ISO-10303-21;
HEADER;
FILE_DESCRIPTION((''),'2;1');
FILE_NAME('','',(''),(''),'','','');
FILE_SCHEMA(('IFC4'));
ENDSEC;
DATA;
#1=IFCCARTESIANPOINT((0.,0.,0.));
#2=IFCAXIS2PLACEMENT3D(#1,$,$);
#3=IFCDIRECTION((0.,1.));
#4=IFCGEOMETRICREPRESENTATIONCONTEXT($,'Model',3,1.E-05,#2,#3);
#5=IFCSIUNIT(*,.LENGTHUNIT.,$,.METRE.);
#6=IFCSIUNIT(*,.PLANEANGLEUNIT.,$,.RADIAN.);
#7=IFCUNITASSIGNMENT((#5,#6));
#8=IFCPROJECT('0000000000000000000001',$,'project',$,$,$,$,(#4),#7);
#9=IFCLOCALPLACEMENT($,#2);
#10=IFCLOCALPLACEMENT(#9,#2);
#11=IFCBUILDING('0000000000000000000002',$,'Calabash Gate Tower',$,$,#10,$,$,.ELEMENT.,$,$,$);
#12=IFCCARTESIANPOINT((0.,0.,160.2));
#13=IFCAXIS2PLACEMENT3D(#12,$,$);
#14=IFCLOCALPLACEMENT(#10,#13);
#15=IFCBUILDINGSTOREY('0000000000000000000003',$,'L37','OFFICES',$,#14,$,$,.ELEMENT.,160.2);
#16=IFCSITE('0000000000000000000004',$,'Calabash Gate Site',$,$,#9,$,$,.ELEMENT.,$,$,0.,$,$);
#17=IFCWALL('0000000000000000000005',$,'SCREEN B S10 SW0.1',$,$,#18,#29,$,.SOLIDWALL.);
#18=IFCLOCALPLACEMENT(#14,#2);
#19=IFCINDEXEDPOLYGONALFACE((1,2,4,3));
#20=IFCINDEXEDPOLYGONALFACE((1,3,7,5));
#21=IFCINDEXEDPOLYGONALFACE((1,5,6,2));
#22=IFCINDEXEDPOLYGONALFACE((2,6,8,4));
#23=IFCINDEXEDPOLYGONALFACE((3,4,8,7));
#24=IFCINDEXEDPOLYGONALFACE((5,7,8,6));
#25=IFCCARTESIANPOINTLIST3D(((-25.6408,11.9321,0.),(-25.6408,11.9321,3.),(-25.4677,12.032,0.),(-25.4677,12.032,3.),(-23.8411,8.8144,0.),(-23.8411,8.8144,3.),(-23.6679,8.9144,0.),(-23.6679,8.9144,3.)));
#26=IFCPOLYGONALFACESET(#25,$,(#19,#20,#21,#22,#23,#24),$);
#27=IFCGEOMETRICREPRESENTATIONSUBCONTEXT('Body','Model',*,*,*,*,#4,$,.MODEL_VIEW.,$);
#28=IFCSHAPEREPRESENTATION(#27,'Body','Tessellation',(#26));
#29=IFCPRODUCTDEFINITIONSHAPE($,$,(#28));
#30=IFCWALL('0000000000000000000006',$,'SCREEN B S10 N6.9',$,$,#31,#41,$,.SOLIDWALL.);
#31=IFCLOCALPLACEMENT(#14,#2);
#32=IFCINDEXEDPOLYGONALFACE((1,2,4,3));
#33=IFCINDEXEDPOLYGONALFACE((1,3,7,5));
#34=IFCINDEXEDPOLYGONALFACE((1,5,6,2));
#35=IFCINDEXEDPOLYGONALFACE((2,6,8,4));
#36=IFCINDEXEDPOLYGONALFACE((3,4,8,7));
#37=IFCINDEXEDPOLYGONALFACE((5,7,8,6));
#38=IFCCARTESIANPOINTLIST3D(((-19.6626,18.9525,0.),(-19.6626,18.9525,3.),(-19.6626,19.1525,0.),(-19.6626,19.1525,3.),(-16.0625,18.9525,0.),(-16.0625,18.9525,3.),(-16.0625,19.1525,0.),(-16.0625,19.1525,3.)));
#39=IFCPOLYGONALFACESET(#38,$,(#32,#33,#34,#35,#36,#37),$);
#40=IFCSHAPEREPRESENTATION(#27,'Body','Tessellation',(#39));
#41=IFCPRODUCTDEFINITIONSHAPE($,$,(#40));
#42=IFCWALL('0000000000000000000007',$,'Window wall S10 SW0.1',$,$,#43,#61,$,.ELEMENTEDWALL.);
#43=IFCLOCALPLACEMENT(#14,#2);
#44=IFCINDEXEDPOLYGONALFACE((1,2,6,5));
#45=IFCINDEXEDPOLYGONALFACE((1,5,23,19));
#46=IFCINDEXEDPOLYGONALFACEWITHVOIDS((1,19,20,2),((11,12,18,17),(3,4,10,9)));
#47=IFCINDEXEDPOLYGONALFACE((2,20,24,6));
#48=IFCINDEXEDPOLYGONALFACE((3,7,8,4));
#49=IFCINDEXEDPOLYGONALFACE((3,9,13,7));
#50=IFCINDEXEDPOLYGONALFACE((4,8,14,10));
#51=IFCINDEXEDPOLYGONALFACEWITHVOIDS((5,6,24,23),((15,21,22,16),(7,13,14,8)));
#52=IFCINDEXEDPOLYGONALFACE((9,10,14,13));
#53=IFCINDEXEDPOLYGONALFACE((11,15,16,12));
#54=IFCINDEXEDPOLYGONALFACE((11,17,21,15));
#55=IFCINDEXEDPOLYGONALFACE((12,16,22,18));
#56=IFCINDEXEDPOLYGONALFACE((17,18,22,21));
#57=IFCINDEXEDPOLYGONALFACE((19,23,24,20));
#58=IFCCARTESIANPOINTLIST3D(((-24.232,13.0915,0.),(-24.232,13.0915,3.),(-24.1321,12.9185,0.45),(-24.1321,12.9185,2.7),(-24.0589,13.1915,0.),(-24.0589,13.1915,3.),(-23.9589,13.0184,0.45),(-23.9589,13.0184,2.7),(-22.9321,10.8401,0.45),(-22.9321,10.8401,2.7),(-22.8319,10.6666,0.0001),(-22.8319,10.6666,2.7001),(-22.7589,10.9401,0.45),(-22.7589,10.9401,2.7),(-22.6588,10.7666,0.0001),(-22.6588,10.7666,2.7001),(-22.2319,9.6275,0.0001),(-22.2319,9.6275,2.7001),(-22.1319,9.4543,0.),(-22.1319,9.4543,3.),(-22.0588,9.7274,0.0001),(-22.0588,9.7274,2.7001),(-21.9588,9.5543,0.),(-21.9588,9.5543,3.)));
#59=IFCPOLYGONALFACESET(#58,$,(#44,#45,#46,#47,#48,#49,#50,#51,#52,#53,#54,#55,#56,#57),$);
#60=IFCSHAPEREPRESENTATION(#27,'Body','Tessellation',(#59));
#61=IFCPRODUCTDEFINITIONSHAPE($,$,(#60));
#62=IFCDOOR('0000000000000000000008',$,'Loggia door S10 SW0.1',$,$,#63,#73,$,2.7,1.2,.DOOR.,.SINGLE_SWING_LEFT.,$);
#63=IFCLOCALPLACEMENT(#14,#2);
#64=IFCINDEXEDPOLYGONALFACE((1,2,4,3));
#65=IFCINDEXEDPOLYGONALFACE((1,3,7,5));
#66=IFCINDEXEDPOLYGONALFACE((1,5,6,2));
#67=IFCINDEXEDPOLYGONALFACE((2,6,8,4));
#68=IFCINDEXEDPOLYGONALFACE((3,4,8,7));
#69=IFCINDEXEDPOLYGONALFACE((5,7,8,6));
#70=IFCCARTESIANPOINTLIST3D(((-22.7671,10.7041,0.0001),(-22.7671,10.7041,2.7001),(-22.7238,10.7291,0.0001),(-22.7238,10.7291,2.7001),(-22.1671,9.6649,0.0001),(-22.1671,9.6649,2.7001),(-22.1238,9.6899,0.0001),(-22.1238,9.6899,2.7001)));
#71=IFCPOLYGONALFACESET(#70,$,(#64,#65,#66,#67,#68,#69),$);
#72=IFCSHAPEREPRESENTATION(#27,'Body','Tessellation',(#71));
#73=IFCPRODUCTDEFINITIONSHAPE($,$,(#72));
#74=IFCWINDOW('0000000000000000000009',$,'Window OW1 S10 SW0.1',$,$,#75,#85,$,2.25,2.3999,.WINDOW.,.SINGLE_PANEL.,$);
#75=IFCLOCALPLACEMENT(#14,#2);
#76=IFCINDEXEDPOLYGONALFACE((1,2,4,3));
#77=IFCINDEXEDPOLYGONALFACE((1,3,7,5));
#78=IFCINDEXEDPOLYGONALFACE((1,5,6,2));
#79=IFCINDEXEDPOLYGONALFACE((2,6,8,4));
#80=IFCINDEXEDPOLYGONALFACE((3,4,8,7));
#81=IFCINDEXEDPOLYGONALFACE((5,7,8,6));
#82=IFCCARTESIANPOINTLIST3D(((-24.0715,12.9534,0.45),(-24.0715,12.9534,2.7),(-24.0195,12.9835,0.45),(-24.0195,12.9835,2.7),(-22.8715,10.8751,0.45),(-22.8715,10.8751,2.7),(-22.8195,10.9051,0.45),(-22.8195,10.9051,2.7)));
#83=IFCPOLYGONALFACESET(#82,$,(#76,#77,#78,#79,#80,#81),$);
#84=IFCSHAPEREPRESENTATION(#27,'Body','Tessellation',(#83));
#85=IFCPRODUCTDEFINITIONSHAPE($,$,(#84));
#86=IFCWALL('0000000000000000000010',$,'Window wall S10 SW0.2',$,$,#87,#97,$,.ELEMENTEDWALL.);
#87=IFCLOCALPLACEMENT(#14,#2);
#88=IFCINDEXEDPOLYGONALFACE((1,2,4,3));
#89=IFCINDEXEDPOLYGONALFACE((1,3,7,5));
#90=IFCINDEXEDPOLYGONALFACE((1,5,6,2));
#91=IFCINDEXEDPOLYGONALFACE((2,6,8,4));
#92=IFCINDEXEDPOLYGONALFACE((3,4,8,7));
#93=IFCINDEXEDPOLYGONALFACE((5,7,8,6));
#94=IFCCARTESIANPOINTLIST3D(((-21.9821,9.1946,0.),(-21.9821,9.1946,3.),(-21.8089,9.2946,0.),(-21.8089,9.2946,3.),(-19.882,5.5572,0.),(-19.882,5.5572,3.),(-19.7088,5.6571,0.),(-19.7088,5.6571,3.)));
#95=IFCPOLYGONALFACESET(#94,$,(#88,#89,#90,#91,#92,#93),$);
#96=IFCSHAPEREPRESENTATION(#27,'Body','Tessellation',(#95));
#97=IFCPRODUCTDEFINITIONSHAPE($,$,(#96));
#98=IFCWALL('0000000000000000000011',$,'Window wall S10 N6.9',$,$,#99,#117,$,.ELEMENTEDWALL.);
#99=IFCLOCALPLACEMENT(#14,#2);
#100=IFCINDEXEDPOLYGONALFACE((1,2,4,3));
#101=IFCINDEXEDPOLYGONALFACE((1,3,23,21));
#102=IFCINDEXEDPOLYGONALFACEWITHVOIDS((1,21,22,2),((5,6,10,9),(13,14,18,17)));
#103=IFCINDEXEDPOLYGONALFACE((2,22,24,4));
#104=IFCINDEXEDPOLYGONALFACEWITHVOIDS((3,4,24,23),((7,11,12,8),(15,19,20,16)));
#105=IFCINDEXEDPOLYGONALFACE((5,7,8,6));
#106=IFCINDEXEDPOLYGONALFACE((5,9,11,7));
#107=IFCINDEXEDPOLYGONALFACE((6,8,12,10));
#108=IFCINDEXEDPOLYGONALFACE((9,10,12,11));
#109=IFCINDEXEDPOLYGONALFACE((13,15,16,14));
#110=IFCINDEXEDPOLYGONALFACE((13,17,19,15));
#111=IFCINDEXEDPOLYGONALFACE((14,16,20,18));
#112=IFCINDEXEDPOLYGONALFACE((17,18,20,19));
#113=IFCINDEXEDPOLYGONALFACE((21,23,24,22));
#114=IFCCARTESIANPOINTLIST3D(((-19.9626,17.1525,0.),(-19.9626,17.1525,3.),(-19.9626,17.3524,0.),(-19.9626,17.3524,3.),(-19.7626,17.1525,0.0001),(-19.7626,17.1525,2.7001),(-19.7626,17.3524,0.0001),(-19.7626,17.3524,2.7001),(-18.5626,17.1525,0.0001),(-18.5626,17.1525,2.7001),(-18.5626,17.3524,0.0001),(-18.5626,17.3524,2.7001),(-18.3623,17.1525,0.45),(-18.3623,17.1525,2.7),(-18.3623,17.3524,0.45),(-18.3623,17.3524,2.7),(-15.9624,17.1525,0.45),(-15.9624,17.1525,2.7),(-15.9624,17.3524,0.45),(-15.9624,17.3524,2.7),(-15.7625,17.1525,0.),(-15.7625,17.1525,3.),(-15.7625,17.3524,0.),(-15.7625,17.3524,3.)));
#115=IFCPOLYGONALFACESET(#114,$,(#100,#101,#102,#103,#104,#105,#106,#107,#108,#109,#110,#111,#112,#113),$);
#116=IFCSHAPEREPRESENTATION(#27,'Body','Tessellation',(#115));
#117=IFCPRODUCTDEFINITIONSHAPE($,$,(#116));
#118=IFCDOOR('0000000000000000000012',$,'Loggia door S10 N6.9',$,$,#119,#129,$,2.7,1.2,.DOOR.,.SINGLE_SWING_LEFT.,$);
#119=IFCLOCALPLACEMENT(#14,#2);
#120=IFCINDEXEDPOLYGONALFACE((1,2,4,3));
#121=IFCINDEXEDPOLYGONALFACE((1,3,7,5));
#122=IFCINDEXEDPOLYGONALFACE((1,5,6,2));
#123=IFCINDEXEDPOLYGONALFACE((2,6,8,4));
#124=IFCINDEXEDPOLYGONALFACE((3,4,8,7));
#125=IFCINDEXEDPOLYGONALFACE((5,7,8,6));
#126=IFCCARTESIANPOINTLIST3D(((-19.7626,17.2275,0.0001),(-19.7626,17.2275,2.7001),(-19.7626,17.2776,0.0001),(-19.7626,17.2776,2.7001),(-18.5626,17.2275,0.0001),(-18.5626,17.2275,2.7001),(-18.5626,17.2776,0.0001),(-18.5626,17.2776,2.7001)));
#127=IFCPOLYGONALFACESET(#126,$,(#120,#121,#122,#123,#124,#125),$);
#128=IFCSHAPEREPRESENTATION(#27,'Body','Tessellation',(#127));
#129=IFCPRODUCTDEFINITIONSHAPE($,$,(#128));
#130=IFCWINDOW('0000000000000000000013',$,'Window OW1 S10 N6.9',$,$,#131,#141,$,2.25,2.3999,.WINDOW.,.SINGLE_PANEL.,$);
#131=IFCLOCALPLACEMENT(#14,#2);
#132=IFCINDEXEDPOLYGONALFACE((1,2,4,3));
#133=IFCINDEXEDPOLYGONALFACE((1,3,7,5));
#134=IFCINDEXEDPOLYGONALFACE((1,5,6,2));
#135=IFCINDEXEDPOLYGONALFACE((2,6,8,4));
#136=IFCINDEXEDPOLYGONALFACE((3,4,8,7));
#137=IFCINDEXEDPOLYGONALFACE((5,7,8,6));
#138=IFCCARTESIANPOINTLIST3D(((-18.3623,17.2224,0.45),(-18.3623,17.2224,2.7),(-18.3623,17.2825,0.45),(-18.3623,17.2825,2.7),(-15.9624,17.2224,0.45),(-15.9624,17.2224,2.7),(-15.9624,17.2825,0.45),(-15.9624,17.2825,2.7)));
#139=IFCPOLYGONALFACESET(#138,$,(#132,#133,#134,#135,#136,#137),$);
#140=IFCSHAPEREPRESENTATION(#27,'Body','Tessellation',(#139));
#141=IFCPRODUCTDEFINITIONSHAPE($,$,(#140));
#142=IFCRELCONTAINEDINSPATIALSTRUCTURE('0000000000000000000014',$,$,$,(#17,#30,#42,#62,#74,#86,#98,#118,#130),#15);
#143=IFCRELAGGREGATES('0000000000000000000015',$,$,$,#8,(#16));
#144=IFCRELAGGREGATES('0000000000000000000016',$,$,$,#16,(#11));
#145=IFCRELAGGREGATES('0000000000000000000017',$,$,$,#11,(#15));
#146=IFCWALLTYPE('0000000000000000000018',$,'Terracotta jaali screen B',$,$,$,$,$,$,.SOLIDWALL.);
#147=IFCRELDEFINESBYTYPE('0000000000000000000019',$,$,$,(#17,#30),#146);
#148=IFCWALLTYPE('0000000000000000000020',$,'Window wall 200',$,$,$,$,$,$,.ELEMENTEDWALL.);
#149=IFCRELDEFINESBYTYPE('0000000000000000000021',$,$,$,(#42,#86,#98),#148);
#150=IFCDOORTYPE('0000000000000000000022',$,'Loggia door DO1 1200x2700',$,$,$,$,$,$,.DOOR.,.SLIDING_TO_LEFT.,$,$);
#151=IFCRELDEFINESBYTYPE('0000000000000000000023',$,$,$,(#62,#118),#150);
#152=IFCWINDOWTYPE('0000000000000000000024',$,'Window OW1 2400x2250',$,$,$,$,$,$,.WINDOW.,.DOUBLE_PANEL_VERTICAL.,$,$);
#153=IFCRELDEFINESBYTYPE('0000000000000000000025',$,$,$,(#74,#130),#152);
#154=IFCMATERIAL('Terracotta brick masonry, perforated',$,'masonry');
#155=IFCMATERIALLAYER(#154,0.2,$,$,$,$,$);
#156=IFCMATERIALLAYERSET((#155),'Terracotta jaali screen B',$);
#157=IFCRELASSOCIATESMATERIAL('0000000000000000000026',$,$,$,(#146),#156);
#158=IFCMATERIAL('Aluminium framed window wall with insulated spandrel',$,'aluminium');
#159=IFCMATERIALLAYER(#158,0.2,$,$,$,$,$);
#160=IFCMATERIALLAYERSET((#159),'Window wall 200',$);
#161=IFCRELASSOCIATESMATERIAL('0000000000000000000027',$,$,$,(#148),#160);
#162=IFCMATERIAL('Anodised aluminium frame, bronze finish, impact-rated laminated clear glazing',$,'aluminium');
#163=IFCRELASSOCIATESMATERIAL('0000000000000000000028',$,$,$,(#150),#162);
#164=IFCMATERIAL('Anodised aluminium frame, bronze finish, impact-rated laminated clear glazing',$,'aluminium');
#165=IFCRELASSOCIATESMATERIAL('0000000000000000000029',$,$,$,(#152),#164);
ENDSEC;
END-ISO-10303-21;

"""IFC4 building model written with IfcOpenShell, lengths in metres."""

from ifc_helpers import new_model, si_unit, direction, frame, frame_2d, origin, place, context, subcontext, project, spatial, rectangle, extrude, material, layer, layer_set, type_object, element, fill, save


model = new_model("IFC4")

# Units and contexts
model_context = context("Model", 3, precision=1e-05, world=origin(), true_north=direction((0.0, 1.0)))
body_context = subcontext(model_context, "Body", "Model", "MODEL_VIEW")
ifc_project = project(units=[si_unit("LENGTHUNIT", "METRE"), si_unit("PLANEANGLEUNIT", "RADIAN")], contexts=[model_context])

# Site, building, storey
site_placement = place(None, origin())
site = spatial("IfcSite", under=ifc_project, at=site_placement, Name="Calabash Gate Site", CompositionType="ELEMENT", RefElevation=0.0)
building_placement = place(site_placement, origin())
building = spatial("IfcBuilding", under=site, at=building_placement, Name="Calabash Gate Tower", CompositionType="ELEMENT")
storey_placement = place(building_placement, frame((0.0, 0.0, 160.2)))
storey = spatial("IfcBuildingStorey", under=building, at=storey_placement, Name="L37", Description="OFFICES", CompositionType="ELEMENT", Elevation=160.2)

# Walls
ifc_material_1 = material(Name="Terracotta brick masonry, perforated", Category="masonry")
ifc_layer_1 = layer(ifc_material_1, 0.2)
ifc_layer_set_1 = layer_set([ifc_layer_1], Name="Terracotta jaali screen B")
wall_type_1 = type_object("IfcWallType", Name="Terracotta jaali screen B", PredefinedType="SOLIDWALL", material=ifc_layer_set_1)
wall_1_placement = place(storey_placement, frame((-25.5542, 11.9819, 0.0), z_axis=(0.0, 0.0, 1.0), x_axis=(0.499961, -0.866048, 0.0)))
element("IfcWall", 1, at=wall_1_placement, inside=storey, type_object=wall_type_1, Name="SCREEN B S10 SW0.1", PredefinedType="SOLIDWALL", context=body_context, shape_type="SweptSolid", body=[
    extrude(rectangle(XDim=3.5999, YDim=0.2, at=frame_2d((1.7998, 0.0))), origin(), (0.0, 0.0, 1.0), 3.0),
])
wall_2_placement = place(storey_placement, frame((-16.0625, 19.0525, 0.0), z_axis=(0.0, 0.0, 1.0), x_axis=(-1.0, 0.0, 0.0)))
element("IfcWall", 2, at=wall_2_placement, inside=storey, type_object=wall_type_1, Name="SCREEN B S10 N6.9", PredefinedType="SOLIDWALL", context=body_context, shape_type="SweptSolid", body=[
    extrude(rectangle(XDim=3.6001, YDim=0.2, at=frame_2d((1.8, 0.0))), origin(), (0.0, 0.0, 1.0), 3.0),
])

# Wall, openings, door, window
ifc_material_2 = material(Name="Aluminium framed window wall with insulated spandrel", Category="aluminium")
ifc_layer_2 = layer(ifc_material_2, 0.2)
ifc_layer_set_2 = layer_set([ifc_layer_2], Name="Window wall 200")
wall_type_2 = type_object("IfcWallType", Name="Window wall 200", PredefinedType="ELEMENTEDWALL", material=ifc_layer_set_2)
wall_3_placement = place(storey_placement, frame((-24.1455, 13.1416, 0.0), z_axis=(0.0, 0.0, 1.0), x_axis=(0.500028, -0.866009, 0.0)))
wall_3 = element("IfcWall", 3, at=wall_3_placement, inside=storey, type_object=wall_type_2, Name="Window wall S10 SW0.1", PredefinedType="ELEMENTEDWALL", context=body_context, shape_type="SweptSolid", body=[
    extrude(rectangle(XDim=4.2, YDim=0.2, at=frame_2d((2.1001, 0.0))), origin(), (0.0, 0.0, 1.0), 3.0),
])
opening_1_placement = place(wall_3_placement, frame((0.2, 0.0, 0.45)))
opening_1 = element("IfcOpeningElement", 4, at=opening_1_placement, cuts=wall_3, PredefinedType="OPENING", context=body_context, shape_type="SweptSolid", body=[
    extrude(rectangle(XDim=2.3999, YDim=2.25, at=frame_2d((1.2, 1.125))), frame((0.0, 0.1099, 0.0), z_axis=(0.0, -1.0, 0.0), x_axis=(1.0, 0.0, 0.0)), (0.0, 0.0, 1.0), 0.22),
])
opening_2_placement = place(wall_3_placement, frame((2.8, 0.0, 0.0)))
opening_2 = element("IfcOpeningElement", 5, at=opening_2_placement, cuts=wall_3, PredefinedType="OPENING", context=body_context, shape_type="SweptSolid", body=[
    extrude(rectangle(XDim=1.2, YDim=2.7, at=frame_2d((0.6001, 1.3501))), frame((0.0, 0.1099, 0.0), z_axis=(0.0, -1.0, 0.0), x_axis=(1.0, 0.0, 0.0)), (0.0, 0.0, 1.0), 0.22),
])
ifc_material_3 = material(Name="Anodised aluminium frame, bronze finish, impact-rated laminated clear glazing", Category="aluminium")
door_type = type_object("IfcDoorType", Name="Loggia door DO1 1200x2700", OperationType="SLIDING_TO_LEFT", PredefinedType="DOOR", material=ifc_material_3)
door_1_placement = place(opening_2_placement, origin())
door_1 = element("IfcDoor", 6, at=door_1_placement, inside=storey, type_object=door_type, Name="Loggia door S10 SW0.1", OperationType="SINGLE_SWING_LEFT", OverallHeight=2.7, OverallWidth=1.2, PredefinedType="DOOR", context=body_context, shape_type="SweptSolid", body=[
    extrude(rectangle(XDim=1.2, YDim=2.7, at=frame_2d((0.6001, 1.3501))), frame((0.0, 0.0249, 0.0), z_axis=(0.0, -1.0, 0.0), x_axis=(1.0, 0.0, 0.0)), (0.0, 0.0, 1.0), 0.05),
])
fill(opening_2, door_1)
ifc_material_4 = material(Name="Anodised aluminium frame, bronze finish, impact-rated laminated clear glazing", Category="aluminium")
window_type = type_object("IfcWindowType", Name="Window OW1 2400x2250", PartitioningType="DOUBLE_PANEL_VERTICAL", PredefinedType="WINDOW", material=ifc_material_4)
window_1_placement = place(opening_1_placement, origin())
window_1 = element("IfcWindow", 7, at=window_1_placement, inside=storey, type_object=window_type, Name="Window OW1 S10 SW0.1", OverallHeight=2.25, OverallWidth=2.3999, PartitioningType="SINGLE_PANEL", PredefinedType="WINDOW", context=body_context, shape_type="SweptSolid", body=[
    extrude(rectangle(XDim=2.3999, YDim=2.25, at=frame_2d((1.2, 1.125))), frame((0.0, 0.03, 0.0), z_axis=(0.0, -1.0, 0.0), x_axis=(1.0, 0.0, 0.0)), (0.0, 0.0, 1.0), 0.0601),
])
fill(opening_1, window_1)

# Wall
wall_4_placement = place(storey_placement, frame((-21.8955, 9.2446, 0.0), z_axis=(0.0, 0.0, 1.0), x_axis=(0.500003, -0.866024, 0.0)))
element("IfcWall", 8, at=wall_4_placement, inside=storey, type_object=wall_type_2, Name="Window wall S10 SW0.2", PredefinedType="ELEMENTEDWALL", context=body_context, shape_type="SweptSolid", body=[
    extrude(rectangle(XDim=4.2002, YDim=0.2, at=frame_2d((2.1001, 0.0))), origin(), (0.0, 0.0, 1.0), 3.0),
])

# Wall, openings, door, window
wall_5_placement = place(storey_placement, frame((-15.7625, 17.2524, 0.0), z_axis=(0.0, 0.0, 1.0), x_axis=(-1.0, 0.0, 0.0)))
wall_5 = element("IfcWall", 9, at=wall_5_placement, inside=storey, type_object=wall_type_2, Name="Window wall S10 N6.9", PredefinedType="ELEMENTEDWALL", context=body_context, shape_type="SweptSolid", body=[
    extrude(rectangle(XDim=4.2002, YDim=0.2, at=frame_2d((2.1001, 0.0))), origin(), (0.0, 0.0, 1.0), 3.0),
])
opening_3_placement = place(wall_5_placement, frame((0.2, 0.0, 0.45)))
opening_3 = element("IfcOpeningElement", 10, at=opening_3_placement, cuts=wall_5, PredefinedType="OPENING", context=body_context, shape_type="SweptSolid", body=[
    extrude(rectangle(XDim=2.3999, YDim=2.25, at=frame_2d((1.2, 1.125))), frame((0.0, 0.1099, 0.0), z_axis=(0.0, -1.0, 0.0), x_axis=(1.0, 0.0, 0.0)), (0.0, 0.0, 1.0), 0.22),
])
opening_4_placement = place(wall_5_placement, frame((2.8, 0.0, 0.0)))
opening_4 = element("IfcOpeningElement", 11, at=opening_4_placement, cuts=wall_5, PredefinedType="OPENING", context=body_context, shape_type="SweptSolid", body=[
    extrude(rectangle(XDim=1.2, YDim=2.7, at=frame_2d((0.6001, 1.3501))), frame((0.0, 0.1099, 0.0), z_axis=(0.0, -1.0, 0.0), x_axis=(1.0, 0.0, 0.0)), (0.0, 0.0, 1.0), 0.22),
])
door_2_placement = place(opening_4_placement, origin())
door_2 = element("IfcDoor", 12, at=door_2_placement, inside=storey, type_object=door_type, Name="Loggia door S10 N6.9", OperationType="SINGLE_SWING_LEFT", OverallHeight=2.7, OverallWidth=1.2, PredefinedType="DOOR", context=body_context, shape_type="SweptSolid", body=[
    extrude(rectangle(XDim=1.2, YDim=2.7, at=frame_2d((0.6001, 1.3501))), frame((0.0, 0.0249, 0.0), z_axis=(0.0, -1.0, 0.0), x_axis=(1.0, 0.0, 0.0)), (0.0, 0.0, 1.0), 0.05),
])
fill(opening_4, door_2)
window_2_placement = place(opening_3_placement, origin())
window_2 = element("IfcWindow", 13, at=window_2_placement, inside=storey, type_object=window_type, Name="Window OW1 S10 N6.9", OverallHeight=2.25, OverallWidth=2.3999, PartitioningType="SINGLE_PANEL", PredefinedType="WINDOW", context=body_context, shape_type="SweptSolid", body=[
    extrude(rectangle(XDim=2.3999, YDim=2.25, at=frame_2d((1.2, 1.125))), frame((0.0, 0.03, 0.0), z_axis=(0.0, -1.0, 0.0), x_axis=(1.0, 0.0, 0.0)), (0.0, 0.0, 1.0), 0.0601),
])
fill(opening_3, window_2)

save(model, "model.ifc")
